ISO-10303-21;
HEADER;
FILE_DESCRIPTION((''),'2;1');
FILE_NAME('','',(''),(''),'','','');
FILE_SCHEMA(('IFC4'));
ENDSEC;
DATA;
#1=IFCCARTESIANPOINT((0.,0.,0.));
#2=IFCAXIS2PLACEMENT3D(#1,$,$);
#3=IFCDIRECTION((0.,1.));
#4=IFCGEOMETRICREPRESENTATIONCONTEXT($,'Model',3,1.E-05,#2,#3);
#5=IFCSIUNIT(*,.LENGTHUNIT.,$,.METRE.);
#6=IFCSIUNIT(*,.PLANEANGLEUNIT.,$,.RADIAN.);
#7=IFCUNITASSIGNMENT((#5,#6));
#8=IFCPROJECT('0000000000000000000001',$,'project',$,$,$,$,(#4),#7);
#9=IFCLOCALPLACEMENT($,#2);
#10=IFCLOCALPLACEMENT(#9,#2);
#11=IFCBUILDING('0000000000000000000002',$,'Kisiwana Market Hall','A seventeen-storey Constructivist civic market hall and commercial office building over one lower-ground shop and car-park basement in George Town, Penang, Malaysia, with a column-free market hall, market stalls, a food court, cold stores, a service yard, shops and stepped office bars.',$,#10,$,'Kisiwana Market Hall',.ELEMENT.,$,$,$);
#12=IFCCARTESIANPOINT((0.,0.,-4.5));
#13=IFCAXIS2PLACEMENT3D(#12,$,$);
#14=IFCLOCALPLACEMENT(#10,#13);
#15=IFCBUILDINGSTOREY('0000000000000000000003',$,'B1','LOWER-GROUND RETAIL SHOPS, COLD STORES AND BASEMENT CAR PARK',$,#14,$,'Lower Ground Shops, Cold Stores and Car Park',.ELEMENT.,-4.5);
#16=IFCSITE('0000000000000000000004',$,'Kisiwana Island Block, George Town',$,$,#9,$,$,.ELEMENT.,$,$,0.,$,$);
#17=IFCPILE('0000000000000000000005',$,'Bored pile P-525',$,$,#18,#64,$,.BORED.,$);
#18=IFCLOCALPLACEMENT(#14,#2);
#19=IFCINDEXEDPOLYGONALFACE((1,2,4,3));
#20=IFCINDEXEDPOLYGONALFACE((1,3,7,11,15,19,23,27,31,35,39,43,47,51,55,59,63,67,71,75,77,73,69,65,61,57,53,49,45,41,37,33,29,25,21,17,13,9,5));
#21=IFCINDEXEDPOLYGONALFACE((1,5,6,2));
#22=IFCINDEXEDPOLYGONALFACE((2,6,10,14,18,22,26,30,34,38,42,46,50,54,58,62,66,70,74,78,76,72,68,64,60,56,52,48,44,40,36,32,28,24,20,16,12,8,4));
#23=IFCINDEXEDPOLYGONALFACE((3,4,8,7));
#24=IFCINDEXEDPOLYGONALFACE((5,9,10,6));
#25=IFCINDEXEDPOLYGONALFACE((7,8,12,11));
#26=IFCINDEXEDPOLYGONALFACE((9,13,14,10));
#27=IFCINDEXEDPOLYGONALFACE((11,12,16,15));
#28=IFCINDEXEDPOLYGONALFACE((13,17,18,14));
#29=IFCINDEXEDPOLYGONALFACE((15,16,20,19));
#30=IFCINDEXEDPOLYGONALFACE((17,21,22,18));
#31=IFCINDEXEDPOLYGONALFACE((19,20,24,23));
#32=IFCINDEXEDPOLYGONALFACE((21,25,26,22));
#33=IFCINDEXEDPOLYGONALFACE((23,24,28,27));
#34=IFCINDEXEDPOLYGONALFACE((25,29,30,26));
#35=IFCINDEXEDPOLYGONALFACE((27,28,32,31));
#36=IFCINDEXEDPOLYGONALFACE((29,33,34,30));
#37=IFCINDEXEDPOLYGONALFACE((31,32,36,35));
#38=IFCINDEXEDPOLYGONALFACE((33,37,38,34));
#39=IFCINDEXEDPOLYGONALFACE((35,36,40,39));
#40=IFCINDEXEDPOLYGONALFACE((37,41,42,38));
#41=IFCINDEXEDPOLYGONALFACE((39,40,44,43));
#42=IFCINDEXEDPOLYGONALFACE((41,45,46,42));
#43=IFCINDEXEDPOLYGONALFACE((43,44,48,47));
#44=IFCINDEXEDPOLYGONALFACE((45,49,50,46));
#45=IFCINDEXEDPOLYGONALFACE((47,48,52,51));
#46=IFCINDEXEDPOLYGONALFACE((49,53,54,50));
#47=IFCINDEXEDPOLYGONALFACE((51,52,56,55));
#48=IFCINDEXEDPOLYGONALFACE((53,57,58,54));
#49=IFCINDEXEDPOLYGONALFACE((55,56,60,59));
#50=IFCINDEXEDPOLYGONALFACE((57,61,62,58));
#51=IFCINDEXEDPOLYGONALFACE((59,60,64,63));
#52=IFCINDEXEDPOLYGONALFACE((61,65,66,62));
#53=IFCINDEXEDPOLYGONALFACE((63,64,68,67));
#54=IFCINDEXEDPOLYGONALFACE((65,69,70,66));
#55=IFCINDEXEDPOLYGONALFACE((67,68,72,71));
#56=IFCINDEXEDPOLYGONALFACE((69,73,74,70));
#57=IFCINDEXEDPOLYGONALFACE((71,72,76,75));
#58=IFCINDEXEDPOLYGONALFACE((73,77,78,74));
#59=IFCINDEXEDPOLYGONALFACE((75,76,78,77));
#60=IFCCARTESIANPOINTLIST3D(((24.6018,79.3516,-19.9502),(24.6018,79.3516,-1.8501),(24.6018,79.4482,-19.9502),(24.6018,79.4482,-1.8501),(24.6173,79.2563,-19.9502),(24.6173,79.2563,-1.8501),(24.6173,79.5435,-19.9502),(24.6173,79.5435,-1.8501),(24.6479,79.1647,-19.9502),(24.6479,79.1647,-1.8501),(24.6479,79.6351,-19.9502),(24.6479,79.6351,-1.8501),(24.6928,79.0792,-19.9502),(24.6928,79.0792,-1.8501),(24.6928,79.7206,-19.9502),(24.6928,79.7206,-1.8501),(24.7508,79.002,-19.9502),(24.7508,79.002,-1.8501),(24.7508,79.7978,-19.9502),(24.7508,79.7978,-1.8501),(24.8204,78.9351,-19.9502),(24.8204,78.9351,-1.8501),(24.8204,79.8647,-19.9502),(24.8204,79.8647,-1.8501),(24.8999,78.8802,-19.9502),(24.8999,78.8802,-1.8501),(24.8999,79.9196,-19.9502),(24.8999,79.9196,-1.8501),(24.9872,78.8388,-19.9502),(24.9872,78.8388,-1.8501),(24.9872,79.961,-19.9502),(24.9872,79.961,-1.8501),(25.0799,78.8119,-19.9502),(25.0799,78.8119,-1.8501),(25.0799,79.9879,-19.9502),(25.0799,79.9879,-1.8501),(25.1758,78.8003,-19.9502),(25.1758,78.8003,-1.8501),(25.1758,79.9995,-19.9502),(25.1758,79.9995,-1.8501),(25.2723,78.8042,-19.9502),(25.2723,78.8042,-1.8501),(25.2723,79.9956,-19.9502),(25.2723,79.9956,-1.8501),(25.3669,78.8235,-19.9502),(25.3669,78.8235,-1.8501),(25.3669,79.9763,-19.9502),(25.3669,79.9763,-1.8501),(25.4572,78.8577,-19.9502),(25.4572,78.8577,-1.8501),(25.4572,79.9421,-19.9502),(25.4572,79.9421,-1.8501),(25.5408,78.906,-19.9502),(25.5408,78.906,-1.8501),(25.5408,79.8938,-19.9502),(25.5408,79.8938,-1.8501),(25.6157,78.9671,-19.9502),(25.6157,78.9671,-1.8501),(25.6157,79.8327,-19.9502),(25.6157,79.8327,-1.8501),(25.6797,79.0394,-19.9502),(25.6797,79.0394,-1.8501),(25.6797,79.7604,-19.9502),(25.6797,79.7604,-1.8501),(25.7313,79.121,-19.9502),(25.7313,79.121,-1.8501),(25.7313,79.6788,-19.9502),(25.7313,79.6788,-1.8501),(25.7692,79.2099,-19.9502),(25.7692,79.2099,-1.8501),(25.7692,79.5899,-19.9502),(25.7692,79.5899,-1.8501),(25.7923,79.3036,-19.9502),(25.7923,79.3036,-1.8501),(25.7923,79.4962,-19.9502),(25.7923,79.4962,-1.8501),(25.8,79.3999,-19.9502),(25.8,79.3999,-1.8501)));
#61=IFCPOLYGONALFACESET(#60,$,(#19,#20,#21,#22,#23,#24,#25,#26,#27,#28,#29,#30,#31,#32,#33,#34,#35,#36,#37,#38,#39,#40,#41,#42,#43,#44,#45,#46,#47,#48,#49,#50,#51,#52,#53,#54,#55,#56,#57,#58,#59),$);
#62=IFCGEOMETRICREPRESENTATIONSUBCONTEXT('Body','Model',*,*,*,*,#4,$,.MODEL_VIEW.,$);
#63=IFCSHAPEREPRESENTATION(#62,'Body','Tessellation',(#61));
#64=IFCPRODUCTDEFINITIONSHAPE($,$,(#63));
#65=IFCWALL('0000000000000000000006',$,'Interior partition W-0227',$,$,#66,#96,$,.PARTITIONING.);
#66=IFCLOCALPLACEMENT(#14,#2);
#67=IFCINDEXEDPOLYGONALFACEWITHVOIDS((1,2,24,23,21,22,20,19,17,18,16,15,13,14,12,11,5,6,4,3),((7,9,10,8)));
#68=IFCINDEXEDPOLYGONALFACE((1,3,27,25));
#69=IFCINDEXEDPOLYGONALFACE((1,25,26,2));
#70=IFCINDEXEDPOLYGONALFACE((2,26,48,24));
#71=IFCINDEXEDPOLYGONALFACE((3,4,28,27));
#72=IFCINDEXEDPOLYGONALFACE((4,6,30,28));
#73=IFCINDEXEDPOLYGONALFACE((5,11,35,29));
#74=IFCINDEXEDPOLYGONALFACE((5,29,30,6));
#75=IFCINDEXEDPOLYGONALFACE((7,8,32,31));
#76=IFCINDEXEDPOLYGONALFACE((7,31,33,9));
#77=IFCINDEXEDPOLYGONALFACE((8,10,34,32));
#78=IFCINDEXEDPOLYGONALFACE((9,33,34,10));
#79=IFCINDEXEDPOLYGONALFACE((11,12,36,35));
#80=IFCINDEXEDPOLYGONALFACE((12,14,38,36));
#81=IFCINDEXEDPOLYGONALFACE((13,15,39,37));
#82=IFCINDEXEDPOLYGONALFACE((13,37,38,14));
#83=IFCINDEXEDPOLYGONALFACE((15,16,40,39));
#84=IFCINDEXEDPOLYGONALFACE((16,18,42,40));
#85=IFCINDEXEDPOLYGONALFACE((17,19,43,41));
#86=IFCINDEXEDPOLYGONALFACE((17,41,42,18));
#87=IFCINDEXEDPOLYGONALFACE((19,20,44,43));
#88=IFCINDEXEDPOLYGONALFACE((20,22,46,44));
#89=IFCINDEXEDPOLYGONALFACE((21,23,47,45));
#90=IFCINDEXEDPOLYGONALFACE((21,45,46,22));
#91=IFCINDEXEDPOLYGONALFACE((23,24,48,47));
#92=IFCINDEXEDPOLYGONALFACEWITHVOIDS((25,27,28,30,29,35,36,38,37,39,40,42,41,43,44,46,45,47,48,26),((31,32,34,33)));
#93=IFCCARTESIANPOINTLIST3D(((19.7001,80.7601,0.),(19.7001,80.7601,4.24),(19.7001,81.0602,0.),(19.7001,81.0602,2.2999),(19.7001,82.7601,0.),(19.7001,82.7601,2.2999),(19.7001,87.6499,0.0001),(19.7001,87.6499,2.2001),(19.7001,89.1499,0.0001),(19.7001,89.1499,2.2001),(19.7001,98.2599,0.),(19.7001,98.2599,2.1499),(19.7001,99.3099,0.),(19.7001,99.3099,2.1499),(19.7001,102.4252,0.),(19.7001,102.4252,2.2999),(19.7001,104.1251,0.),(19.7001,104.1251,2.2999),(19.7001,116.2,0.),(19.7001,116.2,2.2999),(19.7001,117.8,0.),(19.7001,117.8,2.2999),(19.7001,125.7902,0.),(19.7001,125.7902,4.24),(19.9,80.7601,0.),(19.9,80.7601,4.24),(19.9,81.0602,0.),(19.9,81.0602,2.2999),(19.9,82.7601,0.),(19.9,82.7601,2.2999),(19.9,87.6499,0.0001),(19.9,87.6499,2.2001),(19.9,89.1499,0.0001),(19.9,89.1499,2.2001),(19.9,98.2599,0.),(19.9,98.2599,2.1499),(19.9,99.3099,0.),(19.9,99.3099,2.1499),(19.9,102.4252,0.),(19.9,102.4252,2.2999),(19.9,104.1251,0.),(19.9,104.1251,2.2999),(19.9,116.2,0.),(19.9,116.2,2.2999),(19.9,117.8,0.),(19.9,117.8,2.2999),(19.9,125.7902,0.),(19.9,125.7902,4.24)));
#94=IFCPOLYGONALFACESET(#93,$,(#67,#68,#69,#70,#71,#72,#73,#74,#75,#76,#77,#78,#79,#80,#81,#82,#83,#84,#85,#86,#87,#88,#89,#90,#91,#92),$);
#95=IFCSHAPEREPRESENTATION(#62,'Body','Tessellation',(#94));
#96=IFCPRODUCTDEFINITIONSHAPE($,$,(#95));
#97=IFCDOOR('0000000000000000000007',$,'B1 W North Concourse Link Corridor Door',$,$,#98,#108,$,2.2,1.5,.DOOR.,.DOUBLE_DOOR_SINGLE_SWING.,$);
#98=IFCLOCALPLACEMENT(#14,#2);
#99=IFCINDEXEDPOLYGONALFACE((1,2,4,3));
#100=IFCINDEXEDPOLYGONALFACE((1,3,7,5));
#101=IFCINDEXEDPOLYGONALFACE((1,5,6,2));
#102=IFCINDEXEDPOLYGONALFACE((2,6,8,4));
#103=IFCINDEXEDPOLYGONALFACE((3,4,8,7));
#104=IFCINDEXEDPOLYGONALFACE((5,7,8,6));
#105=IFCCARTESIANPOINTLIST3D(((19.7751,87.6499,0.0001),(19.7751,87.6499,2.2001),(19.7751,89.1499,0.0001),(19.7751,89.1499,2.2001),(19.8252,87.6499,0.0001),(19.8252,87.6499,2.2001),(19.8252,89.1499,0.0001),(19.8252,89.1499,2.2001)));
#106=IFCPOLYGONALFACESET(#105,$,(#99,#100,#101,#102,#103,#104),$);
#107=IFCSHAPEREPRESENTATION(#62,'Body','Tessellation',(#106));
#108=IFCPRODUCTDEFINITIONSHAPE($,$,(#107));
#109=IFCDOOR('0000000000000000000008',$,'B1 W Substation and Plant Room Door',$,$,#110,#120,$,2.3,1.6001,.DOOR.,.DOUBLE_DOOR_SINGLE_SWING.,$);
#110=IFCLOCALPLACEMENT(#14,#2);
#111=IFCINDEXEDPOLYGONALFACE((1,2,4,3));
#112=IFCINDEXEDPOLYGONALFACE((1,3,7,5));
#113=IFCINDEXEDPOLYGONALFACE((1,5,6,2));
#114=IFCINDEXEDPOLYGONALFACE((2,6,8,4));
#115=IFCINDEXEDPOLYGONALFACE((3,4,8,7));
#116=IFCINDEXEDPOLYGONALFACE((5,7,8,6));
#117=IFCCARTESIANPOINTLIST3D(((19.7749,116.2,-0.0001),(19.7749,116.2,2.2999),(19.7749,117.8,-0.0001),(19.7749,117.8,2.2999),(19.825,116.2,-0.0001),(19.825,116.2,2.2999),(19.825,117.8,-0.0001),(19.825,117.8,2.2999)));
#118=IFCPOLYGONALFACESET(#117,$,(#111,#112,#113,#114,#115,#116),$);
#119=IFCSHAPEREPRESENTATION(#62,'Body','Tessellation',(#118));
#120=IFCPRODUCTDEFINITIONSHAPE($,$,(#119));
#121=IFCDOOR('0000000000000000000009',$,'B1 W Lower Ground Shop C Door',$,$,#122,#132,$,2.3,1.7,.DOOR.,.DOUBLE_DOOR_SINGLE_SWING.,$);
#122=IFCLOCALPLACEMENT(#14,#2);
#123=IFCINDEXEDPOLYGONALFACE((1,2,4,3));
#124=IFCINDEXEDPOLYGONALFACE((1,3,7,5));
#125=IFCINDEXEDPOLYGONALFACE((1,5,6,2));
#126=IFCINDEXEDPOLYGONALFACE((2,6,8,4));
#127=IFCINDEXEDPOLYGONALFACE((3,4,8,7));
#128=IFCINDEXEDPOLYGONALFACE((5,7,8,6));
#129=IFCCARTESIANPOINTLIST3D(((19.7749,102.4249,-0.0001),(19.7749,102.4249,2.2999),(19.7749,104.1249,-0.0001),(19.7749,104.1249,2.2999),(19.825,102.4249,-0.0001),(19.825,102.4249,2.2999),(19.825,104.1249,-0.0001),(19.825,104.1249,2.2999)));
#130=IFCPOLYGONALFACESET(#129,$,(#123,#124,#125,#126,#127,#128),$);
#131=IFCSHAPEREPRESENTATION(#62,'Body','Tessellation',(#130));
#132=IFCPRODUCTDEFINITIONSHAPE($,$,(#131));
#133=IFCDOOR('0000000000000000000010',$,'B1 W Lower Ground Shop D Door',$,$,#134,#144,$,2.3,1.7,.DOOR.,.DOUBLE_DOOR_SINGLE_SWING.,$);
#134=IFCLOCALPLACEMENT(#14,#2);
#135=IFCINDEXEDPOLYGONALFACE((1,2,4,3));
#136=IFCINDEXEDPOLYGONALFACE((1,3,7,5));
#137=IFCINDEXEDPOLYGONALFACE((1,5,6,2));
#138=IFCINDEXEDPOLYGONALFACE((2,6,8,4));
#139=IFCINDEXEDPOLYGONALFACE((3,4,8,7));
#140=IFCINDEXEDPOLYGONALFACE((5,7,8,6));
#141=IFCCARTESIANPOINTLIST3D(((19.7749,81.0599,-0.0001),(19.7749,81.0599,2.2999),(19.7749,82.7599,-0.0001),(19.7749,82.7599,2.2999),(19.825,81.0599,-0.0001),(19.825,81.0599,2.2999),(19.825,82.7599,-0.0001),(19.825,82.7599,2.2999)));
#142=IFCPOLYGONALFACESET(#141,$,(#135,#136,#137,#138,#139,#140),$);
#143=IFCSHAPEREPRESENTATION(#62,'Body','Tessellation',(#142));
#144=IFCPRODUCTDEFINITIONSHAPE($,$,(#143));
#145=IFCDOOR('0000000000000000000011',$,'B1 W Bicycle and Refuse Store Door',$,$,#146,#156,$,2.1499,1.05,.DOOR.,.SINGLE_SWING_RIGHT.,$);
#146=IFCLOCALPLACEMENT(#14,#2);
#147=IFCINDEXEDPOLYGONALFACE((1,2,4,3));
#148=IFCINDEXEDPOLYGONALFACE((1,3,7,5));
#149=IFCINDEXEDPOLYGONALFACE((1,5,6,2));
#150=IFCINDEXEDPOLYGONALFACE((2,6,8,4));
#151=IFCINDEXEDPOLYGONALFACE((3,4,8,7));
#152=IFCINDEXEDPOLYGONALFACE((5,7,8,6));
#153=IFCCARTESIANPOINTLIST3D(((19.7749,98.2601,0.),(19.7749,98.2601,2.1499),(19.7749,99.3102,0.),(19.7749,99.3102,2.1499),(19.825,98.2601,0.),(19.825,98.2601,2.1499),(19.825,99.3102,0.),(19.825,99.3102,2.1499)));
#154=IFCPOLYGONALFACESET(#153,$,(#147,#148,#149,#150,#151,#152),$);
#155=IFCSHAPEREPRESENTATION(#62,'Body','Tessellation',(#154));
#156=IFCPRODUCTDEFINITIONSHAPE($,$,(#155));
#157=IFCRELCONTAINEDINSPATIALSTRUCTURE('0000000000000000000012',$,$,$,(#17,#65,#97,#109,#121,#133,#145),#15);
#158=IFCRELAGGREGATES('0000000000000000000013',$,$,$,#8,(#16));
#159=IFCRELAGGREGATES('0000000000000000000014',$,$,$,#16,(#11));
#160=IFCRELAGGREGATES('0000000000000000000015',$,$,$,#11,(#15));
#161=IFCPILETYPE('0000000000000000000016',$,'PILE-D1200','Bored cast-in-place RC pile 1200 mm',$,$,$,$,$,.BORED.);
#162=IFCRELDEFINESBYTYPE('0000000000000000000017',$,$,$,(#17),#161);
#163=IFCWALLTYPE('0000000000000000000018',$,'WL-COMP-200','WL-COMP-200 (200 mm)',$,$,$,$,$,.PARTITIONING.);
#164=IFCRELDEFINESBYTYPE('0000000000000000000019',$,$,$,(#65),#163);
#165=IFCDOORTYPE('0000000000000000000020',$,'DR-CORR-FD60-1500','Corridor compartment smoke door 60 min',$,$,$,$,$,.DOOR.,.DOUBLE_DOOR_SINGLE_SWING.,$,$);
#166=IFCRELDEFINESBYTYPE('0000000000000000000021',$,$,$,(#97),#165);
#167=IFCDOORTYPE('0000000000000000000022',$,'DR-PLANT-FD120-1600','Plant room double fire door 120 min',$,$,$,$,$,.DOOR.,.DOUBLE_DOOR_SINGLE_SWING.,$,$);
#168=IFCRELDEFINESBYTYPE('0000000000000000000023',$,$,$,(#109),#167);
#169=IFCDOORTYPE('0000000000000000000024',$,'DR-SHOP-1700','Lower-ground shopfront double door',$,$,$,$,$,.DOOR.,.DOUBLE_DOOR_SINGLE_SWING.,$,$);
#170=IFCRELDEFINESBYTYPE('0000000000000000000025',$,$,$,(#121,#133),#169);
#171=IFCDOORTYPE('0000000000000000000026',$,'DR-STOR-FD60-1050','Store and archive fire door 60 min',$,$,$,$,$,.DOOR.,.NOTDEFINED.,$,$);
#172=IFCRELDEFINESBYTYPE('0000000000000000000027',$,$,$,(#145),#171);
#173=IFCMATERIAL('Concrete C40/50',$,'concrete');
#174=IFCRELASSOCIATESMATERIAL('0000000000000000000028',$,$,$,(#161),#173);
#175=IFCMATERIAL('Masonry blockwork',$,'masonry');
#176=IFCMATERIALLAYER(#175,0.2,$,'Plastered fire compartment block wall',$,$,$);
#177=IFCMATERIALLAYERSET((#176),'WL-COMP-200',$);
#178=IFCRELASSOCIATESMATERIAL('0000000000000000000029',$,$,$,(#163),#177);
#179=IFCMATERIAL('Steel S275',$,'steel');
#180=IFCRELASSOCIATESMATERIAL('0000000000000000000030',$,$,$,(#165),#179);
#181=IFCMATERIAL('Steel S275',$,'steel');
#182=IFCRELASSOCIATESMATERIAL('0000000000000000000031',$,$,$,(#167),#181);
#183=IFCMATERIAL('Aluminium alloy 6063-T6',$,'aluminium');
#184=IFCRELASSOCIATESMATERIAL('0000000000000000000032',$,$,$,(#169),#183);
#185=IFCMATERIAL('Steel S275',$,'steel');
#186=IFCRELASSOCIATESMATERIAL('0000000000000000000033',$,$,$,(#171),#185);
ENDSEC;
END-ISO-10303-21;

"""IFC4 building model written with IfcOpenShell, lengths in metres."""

from ifc_helpers import new_model, si_unit, direction, frame, frame_2d, origin, origin_2d, place, context, subcontext, project, spatial, rectangle, circle, extrude, material, layer, layer_set, material_profile, profile_set, type_object, element, fill, save


model = new_model("IFC4")

# Units and contexts
model_context = context("Model", 3, precision=1e-05, world=origin(), true_north=direction((0.0, 1.0)))
body_context = subcontext(model_context, "Body", "Model", "MODEL_VIEW")
ifc_project = project(units=[si_unit("LENGTHUNIT", "METRE"), si_unit("PLANEANGLEUNIT", "RADIAN")], contexts=[model_context])

# Site, building, storey
site_placement = place(None, origin())
site = spatial("IfcSite", under=ifc_project, at=site_placement, Name="Kisiwana Island Block, George Town", CompositionType="ELEMENT", RefElevation=0.0)
building_placement = place(site_placement, origin())
building = spatial("IfcBuilding", under=site, at=building_placement, Name="Kisiwana Market Hall", Description="A seventeen-storey Constructivist civic market hall and commercial office building over one lower-ground shop and car-park basement in George Town, Penang, Malaysia, with a column-free market hall, market stalls, a food court, cold stores, a service yard, shops and stepped office bars.", LongName="Kisiwana Market Hall", CompositionType="ELEMENT")
storey_placement = place(building_placement, frame((0.0, 0.0, -4.5)))
storey = spatial("IfcBuildingStorey", under=building, at=storey_placement, Name="B1", Description="LOWER-GROUND RETAIL SHOPS, COLD STORES AND BASEMENT CAR PARK", LongName="Lower Ground Shops, Cold Stores and Car Park", CompositionType="ELEMENT", Elevation=-4.5)

# Pile
ifc_material_1 = material(Name="Concrete C40/50", Category="concrete")
ifc_material_profile = material_profile(ifc_material_1, circle(Radius=0.6001, at=origin_2d()), Name="BP D1200")
ifc_profile_set = profile_set([ifc_material_profile], Name="Concrete C40/50")
pile_type = type_object("IfcPileType", Name="PILE-D1200", Description="Bored cast-in-place RC pile 1200 mm", PredefinedType="BORED", material=ifc_profile_set)
for number, where, z_axis, x_axis, name in (
    (1, (25.2, 79.3999, -1.8501), (0.0, 0.0, -1.0), (1.0, 0.0, 0.0), "Bored pile P-525"),
):
    element("IfcPile", number, at=place(storey_placement, frame(where, z_axis=z_axis, x_axis=x_axis)), inside=storey, type_object=pile_type, Name=name, PredefinedType="BORED", context=body_context, shape_type="SweptSolid", body=[
        extrude(circle(Radius=0.6001, at=origin_2d()), origin(), (0.0, 0.0, 1.0), 18.1001),
    ])

# Wall, openings, doors
ifc_material_2 = material(Name="Masonry blockwork", Category="masonry")
ifc_layer_1 = layer(ifc_material_2, 0.2, Name="Plastered fire compartment block wall")
ifc_layer_set_1 = layer_set([ifc_layer_1], Name="WL-COMP-200")
wall_type_1 = type_object("IfcWallType", Name="WL-COMP-200", Description="WL-COMP-200 (200 mm)", PredefinedType="PARTITIONING", material=ifc_layer_set_1)
wall_1_placement = place(storey_placement, frame((19.8, 80.76, 0.0), z_axis=(0.0, 0.0, 1.0), x_axis=(0.0, 1.0, 0.0)))
wall_1 = element("IfcWall", 2, at=wall_1_placement, inside=storey, type_object=wall_type_1, Name="Interior partition W-0227", PredefinedType="PARTITIONING", context=body_context, shape_type="SweptSolid", body=[
    extrude(rectangle(XDim=45.03, YDim=0.2, at=frame_2d((22.5151, 0.0))), origin(), (0.0, 0.0, 1.0), 4.24),
])
opening_1_placement = place(wall_1_placement, frame((6.8899, 0.0, 0.0)))
opening_1 = element("IfcOpeningElement", 3, at=opening_1_placement, cuts=wall_1, PredefinedType="OPENING", context=body_context, shape_type="SweptSolid", body=[
    extrude(rectangle(XDim=1.5, YDim=2.2, at=frame_2d((0.75, 1.1001))), frame((0.0, 0.1118, 0.0), z_axis=(0.0, -1.0, 0.0), x_axis=(1.0, 0.0, 0.0)), (0.0, 0.0, 1.0), 0.2239),
])
opening_2_placement = place(wall_1_placement, frame((17.5, 0.0, 0.0)))
opening_2 = element("IfcOpeningElement", 4, at=opening_2_placement, cuts=wall_1, PredefinedType="OPENING", context=body_context, shape_type="SweptSolid", body=[
    extrude(rectangle(XDim=1.05, YDim=2.1499, at=frame_2d((0.5249, 1.075))), frame((0.0, 0.1118, 0.0), z_axis=(0.0, -1.0, 0.0), x_axis=(1.0, 0.0, 0.0)), (0.0, 0.0, 1.0), 0.2239),
])
opening_3_placement = place(wall_1_placement, frame((35.4399, 0.0, 0.0)))
opening_3 = element("IfcOpeningElement", 5, at=opening_3_placement, cuts=wall_1, PredefinedType="OPENING", context=body_context, shape_type="SweptSolid", body=[
    extrude(rectangle(XDim=1.6001, YDim=2.3, at=frame_2d((0.8, 1.1499))), frame((0.0, 0.1118, 0.0), z_axis=(0.0, -1.0, 0.0), x_axis=(1.0, 0.0, 0.0)), (0.0, 0.0, 1.0), 0.2239),
])
opening_4_placement = place(wall_1_placement, frame((21.665, 0.0, 0.0)))
opening_4 = element("IfcOpeningElement", 6, at=opening_4_placement, cuts=wall_1, PredefinedType="OPENING", context=body_context, shape_type="SweptSolid", body=[
    extrude(rectangle(XDim=1.7, YDim=2.3, at=frame_2d((0.8501, 1.1499))), frame((0.0, 0.1118, 0.0), z_axis=(0.0, -1.0, 0.0), x_axis=(1.0, 0.0, 0.0)), (0.0, 0.0, 1.0), 0.2239),
])
opening_5_placement = place(wall_1_placement, frame((0.3, 0.0, 0.0)))
opening_5 = element("IfcOpeningElement", 7, at=opening_5_placement, cuts=wall_1, PredefinedType="OPENING", context=body_context, shape_type="SweptSolid", body=[
    extrude(rectangle(XDim=1.7, YDim=2.3, at=frame_2d((0.8501, 1.1499))), frame((0.0, 0.1118, 0.0), z_axis=(0.0, -1.0, 0.0), x_axis=(1.0, 0.0, 0.0)), (0.0, 0.0, 1.0), 0.2239),
])
ifc_material_3 = material(Name="Steel S275", Category="steel")
door_type_1 = type_object("IfcDoorType", Name="DR-CORR-FD60-1500", Description="Corridor compartment smoke door 60 min", OperationType="DOUBLE_DOOR_SINGLE_SWING", PredefinedType="DOOR", material=ifc_material_3)
door_1_placement = place(opening_1_placement, origin())
door_1 = element("IfcDoor", 8, at=door_1_placement, inside=storey, type_object=door_type_1, Name="B1 W North Concourse Link Corridor Door", OperationType="DOUBLE_DOOR_SINGLE_SWING", OverallHeight=2.2, OverallWidth=1.5, PredefinedType="DOOR", context=body_context, shape_type="SweptSolid", body=[
    extrude(rectangle(XDim=1.5, YDim=2.2, at=frame_2d((0.75, 1.1001))), frame((0.0, 0.0249, 0.0), z_axis=(0.0, -1.0, 0.0), x_axis=(1.0, 0.0, 0.0)), (0.0, 0.0, 1.0), 0.05),
])
fill(opening_1, door_1)
ifc_material_4 = material(Name="Steel S275", Category="steel")
door_type_2 = type_object("IfcDoorType", Name="DR-PLANT-FD120-1600", Description="Plant room double fire door 120 min", OperationType="DOUBLE_DOOR_SINGLE_SWING", PredefinedType="DOOR", material=ifc_material_4)
door_2_placement = place(opening_3_placement, frame((1.6001, 0.0, 0.0), z_axis=(0.0, 0.0, 1.0), x_axis=(-1.0, 0.0, 0.0)))
door_2 = element("IfcDoor", 9, at=door_2_placement, inside=storey, type_object=door_type_2, Name="B1 W Substation and Plant Room Door", OperationType="DOUBLE_DOOR_SINGLE_SWING", OverallHeight=2.3, OverallWidth=1.6001, PredefinedType="DOOR", context=body_context, shape_type="SweptSolid", body=[
    extrude(rectangle(XDim=1.6001, YDim=2.3, at=frame_2d((0.8, 1.1499))), frame((0.0, 0.0249, 0.0), z_axis=(0.0, -1.0, 0.0), x_axis=(1.0, 0.0, 0.0)), (0.0, 0.0, 1.0), 0.05),
])
fill(opening_3, door_2)
ifc_material_5 = material(Name="Aluminium alloy 6063-T6", Category="aluminium")
door_type_3 = type_object("IfcDoorType", Name="DR-SHOP-1700", Description="Lower-ground shopfront double door", OperationType="DOUBLE_DOOR_SINGLE_SWING", PredefinedType="DOOR", material=ifc_material_5)
door_3_placement = place(opening_4_placement, frame((1.7, 0.0, 0.0), z_axis=(0.0, 0.0, 1.0), x_axis=(-1.0, 0.0, 0.0)))
door_3 = element("IfcDoor", 10, at=door_3_placement, inside=storey, type_object=door_type_3, Name="B1 W Lower Ground Shop C Door", OperationType="DOUBLE_DOOR_SINGLE_SWING", OverallHeight=2.3, OverallWidth=1.7, PredefinedType="DOOR", context=body_context, shape_type="SweptSolid", body=[
    extrude(rectangle(XDim=1.7, YDim=2.3, at=frame_2d((0.8501, 1.1499))), frame((0.0, 0.0249, 0.0), z_axis=(0.0, -1.0, 0.0), x_axis=(1.0, 0.0, 0.0)), (0.0, 0.0, 1.0), 0.05),
])
fill(opening_4, door_3)
door_4_placement = place(opening_5_placement, frame((1.7, 0.0, 0.0), z_axis=(0.0, 0.0, 1.0), x_axis=(-1.0, 0.0, 0.0)))
door_4 = element("IfcDoor", 11, at=door_4_placement, inside=storey, type_object=door_type_3, Name="B1 W Lower Ground Shop D Door", OperationType="DOUBLE_DOOR_SINGLE_SWING", OverallHeight=2.3, OverallWidth=1.7, PredefinedType="DOOR", context=body_context, shape_type="SweptSolid", body=[
    extrude(rectangle(XDim=1.7, YDim=2.3, at=frame_2d((0.8501, 1.1499))), frame((0.0, 0.0249, 0.0), z_axis=(0.0, -1.0, 0.0), x_axis=(1.0, 0.0, 0.0)), (0.0, 0.0, 1.0), 0.05),
])
fill(opening_5, door_4)
ifc_material_6 = material(Name="Steel S275", Category="steel")
door_type_4 = type_object("IfcDoorType", Name="DR-STOR-FD60-1050", Description="Store and archive fire door 60 min", OperationType="NOTDEFINED", PredefinedType="DOOR", material=ifc_material_6)
door_5_placement = place(opening_2_placement, frame((1.05, 0.0, 0.0), z_axis=(0.0, 0.0, 1.0), x_axis=(-1.0, 0.0, 0.0)))
door_5 = element("IfcDoor", 12, at=door_5_placement, inside=storey, type_object=door_type_4, Name="B1 W Bicycle and Refuse Store Door", OperationType="SINGLE_SWING_RIGHT", OverallHeight=2.1499, OverallWidth=1.05, PredefinedType="DOOR", context=body_context, shape_type="SweptSolid", body=[
    extrude(rectangle(XDim=1.05, YDim=2.1499, at=frame_2d((0.5249, 1.075))), frame((0.0, 0.0249, 0.0), z_axis=(0.0, -1.0, 0.0), x_axis=(1.0, 0.0, 0.0)), (0.0, 0.0, 1.0), 0.05),
])
fill(opening_2, door_5)

save(model, "model.ifc")
